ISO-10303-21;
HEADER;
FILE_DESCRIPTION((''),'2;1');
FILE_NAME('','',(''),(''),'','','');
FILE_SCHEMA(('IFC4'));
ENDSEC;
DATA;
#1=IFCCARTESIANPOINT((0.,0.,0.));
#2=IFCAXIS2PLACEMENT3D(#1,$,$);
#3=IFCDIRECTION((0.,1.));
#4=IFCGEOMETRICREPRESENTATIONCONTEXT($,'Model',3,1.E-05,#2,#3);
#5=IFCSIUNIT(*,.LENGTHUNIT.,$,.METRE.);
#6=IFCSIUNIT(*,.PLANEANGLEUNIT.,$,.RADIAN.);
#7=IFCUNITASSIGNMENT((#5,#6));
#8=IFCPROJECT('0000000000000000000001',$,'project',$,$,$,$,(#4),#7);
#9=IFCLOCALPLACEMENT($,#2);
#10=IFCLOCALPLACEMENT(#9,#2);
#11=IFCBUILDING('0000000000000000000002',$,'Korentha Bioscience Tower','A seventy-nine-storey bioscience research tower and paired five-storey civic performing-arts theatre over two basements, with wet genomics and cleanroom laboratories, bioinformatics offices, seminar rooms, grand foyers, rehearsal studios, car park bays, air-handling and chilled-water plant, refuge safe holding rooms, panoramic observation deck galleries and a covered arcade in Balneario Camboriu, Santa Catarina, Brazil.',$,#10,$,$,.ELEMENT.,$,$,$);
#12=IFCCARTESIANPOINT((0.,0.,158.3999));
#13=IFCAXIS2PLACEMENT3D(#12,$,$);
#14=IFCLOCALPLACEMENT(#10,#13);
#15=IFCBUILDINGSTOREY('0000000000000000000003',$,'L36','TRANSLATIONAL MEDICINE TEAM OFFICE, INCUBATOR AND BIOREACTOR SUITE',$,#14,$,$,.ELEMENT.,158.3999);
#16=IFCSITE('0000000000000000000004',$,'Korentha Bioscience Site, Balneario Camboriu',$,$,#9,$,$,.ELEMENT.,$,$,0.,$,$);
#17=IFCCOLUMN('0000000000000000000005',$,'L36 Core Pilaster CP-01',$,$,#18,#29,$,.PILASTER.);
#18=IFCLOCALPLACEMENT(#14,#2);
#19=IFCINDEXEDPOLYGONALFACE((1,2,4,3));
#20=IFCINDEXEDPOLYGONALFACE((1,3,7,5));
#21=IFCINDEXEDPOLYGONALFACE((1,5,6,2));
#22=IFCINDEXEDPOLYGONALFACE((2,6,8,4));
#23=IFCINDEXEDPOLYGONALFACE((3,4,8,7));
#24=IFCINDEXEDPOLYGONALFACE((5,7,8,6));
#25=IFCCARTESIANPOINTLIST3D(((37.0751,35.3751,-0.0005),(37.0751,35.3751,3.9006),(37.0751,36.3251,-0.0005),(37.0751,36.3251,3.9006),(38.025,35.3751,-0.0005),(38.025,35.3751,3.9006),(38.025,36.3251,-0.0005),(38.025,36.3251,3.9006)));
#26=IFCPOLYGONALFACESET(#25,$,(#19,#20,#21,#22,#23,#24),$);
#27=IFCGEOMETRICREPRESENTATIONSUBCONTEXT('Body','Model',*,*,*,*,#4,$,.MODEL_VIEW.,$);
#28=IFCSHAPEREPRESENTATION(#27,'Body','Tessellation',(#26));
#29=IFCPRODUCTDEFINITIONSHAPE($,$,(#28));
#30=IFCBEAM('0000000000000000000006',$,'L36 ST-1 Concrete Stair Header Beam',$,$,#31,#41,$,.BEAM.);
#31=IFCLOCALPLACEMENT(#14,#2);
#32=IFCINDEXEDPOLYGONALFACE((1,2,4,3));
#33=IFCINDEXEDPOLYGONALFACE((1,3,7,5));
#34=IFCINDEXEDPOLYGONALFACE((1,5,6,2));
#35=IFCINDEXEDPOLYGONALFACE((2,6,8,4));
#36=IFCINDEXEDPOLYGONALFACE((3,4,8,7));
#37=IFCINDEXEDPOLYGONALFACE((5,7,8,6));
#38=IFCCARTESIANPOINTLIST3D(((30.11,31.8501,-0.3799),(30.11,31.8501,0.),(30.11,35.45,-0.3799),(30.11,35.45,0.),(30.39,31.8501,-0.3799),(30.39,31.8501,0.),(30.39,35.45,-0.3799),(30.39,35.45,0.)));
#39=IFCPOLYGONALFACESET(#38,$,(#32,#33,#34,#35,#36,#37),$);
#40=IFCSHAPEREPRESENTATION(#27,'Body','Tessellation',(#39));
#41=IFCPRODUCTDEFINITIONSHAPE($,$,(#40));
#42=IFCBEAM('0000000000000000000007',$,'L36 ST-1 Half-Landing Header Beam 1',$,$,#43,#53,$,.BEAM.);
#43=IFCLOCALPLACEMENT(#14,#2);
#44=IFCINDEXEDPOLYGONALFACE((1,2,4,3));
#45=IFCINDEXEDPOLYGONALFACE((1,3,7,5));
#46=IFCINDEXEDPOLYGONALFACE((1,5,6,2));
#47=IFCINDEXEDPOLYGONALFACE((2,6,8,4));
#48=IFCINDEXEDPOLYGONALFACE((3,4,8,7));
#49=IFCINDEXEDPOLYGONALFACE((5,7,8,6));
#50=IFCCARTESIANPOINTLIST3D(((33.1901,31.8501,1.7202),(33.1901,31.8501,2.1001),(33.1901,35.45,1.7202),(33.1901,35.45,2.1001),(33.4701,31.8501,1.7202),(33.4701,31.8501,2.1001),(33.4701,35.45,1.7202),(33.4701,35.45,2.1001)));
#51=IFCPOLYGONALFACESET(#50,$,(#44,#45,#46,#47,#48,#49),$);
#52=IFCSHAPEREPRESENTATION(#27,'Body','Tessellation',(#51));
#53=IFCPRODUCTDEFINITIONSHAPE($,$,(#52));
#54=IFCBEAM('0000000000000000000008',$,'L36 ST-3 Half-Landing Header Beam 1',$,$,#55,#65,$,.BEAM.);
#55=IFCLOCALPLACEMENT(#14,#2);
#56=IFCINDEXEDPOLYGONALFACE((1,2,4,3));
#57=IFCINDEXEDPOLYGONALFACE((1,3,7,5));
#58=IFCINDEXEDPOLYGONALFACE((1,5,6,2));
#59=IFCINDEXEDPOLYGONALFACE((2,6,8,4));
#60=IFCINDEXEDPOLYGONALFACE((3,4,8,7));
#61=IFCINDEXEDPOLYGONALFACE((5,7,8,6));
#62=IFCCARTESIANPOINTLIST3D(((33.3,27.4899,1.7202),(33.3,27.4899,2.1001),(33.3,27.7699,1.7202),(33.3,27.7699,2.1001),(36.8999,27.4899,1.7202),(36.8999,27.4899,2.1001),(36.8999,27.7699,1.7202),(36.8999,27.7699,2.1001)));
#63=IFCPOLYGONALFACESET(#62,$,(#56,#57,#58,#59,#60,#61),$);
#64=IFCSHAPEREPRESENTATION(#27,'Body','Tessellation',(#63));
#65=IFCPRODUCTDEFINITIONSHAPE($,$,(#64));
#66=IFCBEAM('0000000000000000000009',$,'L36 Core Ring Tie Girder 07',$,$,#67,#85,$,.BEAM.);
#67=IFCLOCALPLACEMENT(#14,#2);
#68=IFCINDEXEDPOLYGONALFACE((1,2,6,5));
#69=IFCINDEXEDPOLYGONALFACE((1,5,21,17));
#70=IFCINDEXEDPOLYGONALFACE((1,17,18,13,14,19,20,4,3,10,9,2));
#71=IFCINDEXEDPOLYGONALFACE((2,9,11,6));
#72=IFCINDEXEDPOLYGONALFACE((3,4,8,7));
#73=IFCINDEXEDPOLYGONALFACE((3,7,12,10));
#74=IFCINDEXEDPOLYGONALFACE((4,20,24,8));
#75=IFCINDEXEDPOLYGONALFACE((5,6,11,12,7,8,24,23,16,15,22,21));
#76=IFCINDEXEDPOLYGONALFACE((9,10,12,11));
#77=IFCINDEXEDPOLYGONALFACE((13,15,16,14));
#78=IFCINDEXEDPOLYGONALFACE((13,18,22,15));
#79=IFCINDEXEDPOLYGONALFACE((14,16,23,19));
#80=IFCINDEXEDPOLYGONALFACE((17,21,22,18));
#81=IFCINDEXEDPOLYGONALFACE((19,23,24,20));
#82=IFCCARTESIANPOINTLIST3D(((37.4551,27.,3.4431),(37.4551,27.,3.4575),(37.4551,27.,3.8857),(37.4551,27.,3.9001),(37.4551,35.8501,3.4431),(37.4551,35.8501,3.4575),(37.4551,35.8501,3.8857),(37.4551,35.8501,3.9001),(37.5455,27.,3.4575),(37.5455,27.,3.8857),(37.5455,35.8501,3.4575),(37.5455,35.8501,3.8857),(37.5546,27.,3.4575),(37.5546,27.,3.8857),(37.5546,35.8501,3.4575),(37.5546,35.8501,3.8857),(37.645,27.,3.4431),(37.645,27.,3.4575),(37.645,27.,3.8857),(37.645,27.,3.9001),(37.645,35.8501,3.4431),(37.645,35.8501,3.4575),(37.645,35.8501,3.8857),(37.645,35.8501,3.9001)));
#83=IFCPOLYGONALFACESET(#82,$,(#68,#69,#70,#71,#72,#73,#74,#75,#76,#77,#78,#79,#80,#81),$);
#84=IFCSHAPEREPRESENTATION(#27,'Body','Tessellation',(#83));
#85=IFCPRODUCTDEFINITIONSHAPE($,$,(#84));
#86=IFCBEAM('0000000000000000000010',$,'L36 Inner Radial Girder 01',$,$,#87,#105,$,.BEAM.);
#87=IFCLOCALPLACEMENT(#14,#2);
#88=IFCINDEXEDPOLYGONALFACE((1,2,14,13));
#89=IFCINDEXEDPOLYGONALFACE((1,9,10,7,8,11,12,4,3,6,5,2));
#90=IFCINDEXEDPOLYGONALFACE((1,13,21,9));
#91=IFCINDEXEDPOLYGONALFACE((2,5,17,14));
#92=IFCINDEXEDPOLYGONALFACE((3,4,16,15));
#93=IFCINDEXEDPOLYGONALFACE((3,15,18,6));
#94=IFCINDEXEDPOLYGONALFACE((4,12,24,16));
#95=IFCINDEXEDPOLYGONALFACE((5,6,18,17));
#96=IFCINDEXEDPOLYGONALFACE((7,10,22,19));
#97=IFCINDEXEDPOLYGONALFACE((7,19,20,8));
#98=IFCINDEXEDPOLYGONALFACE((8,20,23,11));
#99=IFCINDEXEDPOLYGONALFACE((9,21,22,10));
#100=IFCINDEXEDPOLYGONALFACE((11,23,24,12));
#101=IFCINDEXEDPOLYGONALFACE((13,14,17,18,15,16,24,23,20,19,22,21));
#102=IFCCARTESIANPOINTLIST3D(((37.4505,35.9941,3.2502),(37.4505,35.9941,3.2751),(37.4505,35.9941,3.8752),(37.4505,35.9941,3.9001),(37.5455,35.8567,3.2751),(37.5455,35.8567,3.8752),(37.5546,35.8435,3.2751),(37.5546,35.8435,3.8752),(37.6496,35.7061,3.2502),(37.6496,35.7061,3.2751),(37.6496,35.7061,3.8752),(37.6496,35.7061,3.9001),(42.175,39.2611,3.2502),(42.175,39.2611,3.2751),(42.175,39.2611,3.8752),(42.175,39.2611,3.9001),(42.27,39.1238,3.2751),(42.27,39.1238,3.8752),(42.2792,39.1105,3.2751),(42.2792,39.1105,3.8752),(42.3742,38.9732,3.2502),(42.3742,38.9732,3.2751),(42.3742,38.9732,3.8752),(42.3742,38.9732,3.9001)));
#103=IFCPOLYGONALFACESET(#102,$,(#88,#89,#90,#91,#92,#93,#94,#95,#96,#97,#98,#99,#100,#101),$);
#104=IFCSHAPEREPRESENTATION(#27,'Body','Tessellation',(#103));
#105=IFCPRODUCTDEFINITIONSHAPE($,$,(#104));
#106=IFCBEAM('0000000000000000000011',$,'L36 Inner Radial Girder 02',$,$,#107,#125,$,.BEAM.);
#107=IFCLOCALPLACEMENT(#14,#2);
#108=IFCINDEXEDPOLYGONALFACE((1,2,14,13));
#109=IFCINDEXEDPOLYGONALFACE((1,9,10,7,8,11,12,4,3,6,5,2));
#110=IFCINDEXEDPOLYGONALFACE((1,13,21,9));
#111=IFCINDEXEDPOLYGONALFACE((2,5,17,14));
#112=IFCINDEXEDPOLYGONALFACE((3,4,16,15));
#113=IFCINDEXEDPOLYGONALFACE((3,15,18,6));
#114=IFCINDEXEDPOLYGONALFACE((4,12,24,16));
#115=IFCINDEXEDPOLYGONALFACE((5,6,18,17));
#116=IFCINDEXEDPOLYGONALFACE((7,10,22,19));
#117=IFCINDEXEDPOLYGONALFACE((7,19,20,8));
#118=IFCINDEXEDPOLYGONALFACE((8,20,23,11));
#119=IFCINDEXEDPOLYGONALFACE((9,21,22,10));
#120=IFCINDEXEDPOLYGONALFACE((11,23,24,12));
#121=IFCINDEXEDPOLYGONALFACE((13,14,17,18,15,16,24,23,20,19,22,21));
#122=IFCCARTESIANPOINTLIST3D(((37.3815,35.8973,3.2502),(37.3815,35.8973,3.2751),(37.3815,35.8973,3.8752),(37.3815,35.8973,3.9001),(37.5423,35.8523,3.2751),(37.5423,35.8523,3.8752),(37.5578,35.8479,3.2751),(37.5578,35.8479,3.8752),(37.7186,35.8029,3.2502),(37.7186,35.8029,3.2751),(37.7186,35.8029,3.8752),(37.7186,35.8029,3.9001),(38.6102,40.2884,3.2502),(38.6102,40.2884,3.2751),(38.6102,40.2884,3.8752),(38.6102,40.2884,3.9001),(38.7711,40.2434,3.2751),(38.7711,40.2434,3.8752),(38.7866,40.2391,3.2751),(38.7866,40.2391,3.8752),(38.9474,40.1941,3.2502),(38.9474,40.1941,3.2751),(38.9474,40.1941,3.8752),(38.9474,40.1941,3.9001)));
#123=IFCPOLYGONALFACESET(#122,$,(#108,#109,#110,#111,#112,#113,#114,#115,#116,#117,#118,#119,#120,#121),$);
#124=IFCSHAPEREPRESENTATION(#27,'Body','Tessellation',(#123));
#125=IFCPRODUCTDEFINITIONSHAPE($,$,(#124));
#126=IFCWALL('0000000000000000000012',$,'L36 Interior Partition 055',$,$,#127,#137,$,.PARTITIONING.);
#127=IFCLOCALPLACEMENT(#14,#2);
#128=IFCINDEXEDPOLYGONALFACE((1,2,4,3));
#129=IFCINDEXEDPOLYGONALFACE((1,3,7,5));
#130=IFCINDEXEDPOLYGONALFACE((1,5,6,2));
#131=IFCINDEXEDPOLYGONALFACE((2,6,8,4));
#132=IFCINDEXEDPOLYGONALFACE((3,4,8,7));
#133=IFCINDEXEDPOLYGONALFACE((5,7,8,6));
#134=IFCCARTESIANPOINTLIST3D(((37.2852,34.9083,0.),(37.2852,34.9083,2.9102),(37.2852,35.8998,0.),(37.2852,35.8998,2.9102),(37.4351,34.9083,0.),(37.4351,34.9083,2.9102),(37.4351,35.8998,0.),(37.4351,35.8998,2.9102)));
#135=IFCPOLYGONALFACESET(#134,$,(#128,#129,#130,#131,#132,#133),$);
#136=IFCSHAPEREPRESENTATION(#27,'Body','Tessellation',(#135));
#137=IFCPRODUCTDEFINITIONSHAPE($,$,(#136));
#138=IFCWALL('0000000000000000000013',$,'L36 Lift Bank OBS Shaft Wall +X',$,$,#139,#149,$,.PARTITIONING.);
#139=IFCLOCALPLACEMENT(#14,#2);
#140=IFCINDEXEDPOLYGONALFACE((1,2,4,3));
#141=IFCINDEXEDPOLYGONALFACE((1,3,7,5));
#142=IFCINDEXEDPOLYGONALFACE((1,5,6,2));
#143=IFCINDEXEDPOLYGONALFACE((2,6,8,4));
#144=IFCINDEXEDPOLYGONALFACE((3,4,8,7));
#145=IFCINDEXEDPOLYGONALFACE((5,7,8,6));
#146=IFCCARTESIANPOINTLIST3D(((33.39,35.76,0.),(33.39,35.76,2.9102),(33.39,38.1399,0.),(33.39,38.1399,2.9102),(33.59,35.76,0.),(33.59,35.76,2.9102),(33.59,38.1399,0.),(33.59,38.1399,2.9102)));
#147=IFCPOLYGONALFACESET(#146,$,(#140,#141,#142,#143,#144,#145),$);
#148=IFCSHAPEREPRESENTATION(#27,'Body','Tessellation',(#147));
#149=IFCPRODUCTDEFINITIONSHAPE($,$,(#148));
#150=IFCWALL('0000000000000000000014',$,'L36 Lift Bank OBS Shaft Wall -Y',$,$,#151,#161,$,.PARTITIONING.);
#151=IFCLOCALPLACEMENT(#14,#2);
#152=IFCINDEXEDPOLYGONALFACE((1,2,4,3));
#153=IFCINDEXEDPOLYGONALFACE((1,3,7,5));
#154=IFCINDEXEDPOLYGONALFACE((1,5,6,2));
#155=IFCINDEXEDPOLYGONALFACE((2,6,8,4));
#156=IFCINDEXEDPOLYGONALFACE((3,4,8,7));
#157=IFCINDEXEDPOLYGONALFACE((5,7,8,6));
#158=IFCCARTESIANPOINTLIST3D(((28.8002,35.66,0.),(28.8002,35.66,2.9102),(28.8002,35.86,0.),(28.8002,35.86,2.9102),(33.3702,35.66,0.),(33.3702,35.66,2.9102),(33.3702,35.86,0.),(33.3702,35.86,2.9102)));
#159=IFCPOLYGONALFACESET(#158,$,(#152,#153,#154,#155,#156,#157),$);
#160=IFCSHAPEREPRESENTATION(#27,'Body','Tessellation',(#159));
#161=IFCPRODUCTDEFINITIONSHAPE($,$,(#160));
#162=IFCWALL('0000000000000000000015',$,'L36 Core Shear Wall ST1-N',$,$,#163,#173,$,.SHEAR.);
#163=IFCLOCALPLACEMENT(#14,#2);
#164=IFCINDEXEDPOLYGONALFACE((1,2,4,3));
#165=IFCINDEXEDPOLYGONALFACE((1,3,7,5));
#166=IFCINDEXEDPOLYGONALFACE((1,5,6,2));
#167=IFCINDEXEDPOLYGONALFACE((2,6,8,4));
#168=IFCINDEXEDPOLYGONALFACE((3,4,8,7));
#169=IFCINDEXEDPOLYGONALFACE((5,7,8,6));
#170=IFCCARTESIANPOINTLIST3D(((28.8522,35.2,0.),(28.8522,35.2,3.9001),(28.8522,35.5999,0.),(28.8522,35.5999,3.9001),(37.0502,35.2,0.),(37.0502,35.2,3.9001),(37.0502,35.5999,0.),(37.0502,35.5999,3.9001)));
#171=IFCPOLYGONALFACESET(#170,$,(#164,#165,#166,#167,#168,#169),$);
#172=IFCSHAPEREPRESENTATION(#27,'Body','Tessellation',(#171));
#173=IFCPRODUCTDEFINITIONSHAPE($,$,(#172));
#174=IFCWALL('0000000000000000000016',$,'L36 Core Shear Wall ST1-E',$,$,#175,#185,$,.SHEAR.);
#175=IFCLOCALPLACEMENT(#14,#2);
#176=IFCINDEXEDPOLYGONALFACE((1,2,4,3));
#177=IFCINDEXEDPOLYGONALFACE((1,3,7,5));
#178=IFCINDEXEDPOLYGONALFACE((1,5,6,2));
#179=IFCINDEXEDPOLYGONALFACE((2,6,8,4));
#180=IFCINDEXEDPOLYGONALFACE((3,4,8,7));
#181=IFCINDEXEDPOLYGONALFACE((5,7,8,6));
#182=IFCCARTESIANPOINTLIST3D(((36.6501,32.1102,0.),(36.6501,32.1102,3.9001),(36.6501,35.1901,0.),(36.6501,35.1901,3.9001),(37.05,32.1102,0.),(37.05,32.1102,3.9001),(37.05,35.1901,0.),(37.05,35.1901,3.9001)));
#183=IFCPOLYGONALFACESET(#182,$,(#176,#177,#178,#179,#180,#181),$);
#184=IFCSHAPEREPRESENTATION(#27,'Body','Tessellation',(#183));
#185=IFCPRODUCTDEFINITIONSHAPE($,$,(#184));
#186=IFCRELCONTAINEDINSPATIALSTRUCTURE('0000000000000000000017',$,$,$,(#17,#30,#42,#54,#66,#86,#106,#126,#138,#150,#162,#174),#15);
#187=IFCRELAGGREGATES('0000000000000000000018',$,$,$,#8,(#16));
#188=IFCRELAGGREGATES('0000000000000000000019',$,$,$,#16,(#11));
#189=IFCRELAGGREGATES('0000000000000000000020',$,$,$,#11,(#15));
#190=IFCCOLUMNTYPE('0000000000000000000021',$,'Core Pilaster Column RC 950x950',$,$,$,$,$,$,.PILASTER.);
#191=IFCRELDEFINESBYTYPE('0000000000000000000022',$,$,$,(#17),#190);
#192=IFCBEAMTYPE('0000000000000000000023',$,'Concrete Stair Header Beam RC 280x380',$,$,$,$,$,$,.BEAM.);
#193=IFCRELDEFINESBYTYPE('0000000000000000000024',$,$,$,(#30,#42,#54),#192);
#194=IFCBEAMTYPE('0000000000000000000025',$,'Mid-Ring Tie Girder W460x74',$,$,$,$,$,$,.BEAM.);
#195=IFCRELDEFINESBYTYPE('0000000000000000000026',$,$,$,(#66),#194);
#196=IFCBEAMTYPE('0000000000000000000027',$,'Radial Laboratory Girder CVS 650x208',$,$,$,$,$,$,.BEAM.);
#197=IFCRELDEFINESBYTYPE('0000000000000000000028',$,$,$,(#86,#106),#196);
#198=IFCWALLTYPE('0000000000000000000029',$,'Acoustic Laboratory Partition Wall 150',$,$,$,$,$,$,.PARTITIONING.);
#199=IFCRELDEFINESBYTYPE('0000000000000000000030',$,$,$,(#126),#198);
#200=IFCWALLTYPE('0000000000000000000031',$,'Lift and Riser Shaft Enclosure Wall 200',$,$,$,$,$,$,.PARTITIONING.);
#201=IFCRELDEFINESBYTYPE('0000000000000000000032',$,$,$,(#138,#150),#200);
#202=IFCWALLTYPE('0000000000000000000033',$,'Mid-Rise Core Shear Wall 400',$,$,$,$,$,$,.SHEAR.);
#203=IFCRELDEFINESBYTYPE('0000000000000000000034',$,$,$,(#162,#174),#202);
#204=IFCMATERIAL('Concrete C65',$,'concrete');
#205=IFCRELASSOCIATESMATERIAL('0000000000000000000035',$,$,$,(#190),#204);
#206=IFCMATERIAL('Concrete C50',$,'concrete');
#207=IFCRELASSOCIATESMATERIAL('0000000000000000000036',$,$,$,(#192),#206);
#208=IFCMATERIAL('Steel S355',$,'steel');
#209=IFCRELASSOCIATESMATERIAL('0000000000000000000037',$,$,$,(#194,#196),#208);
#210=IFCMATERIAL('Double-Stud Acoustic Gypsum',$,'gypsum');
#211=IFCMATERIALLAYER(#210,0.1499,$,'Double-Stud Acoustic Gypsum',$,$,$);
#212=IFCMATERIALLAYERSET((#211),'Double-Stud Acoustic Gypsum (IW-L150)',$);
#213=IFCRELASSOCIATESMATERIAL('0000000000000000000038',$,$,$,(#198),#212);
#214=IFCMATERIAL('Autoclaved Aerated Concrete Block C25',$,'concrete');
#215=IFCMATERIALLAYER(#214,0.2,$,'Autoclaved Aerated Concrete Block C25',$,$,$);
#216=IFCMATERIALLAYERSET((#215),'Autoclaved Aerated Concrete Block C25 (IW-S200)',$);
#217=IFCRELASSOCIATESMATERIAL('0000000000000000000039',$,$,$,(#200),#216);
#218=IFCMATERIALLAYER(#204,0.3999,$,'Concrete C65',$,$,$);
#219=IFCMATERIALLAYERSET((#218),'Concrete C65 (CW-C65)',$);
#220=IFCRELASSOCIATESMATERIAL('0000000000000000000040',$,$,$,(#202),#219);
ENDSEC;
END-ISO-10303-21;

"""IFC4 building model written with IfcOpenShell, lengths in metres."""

from ifc_helpers import new_model, si_unit, direction, frame, frame_2d, origin, origin_2d, place, context, subcontext, project, spatial, rectangle, i_section, extrude, material, layer, layer_set, material_profile, profile_set, type_object, element, save


model = new_model("IFC4")

# Units and contexts
model_context = context("Model", 3, precision=1e-05, world=origin(), true_north=direction((0.0, 1.0)))
body_context = subcontext(model_context, "Body", "Model", "MODEL_VIEW")
ifc_project = project(units=[si_unit("LENGTHUNIT", "METRE"), si_unit("PLANEANGLEUNIT", "RADIAN")], contexts=[model_context])

# Site, building, storey
site_placement = place(None, origin())
site = spatial("IfcSite", under=ifc_project, at=site_placement, Name="Korentha Bioscience Site, Balneario Camboriu", CompositionType="ELEMENT", RefElevation=0.0)
building_placement = place(site_placement, origin())
building = spatial("IfcBuilding", under=site, at=building_placement, Name="Korentha Bioscience Tower", Description="A seventy-nine-storey bioscience research tower and paired five-storey civic performing-arts theatre over two basements, with wet genomics and cleanroom laboratories, bioinformatics offices, seminar rooms, grand foyers, rehearsal studios, car park bays, air-handling and chilled-water plant, refuge safe holding rooms, panoramic observation deck galleries and a covered arcade in Balneario Camboriu, Santa Catarina, Brazil.", CompositionType="ELEMENT")
storey_placement = place(building_placement, frame((0.0, 0.0, 158.3999)))
storey = spatial("IfcBuildingStorey", under=building, at=storey_placement, Name="L36", Description="TRANSLATIONAL MEDICINE TEAM OFFICE, INCUBATOR AND BIOREACTOR SUITE", CompositionType="ELEMENT", Elevation=158.3999)

# Column
ifc_material_1 = material(Name="Concrete C65", Category="concrete")
ifc_material_profile_1 = material_profile(ifc_material_1, rectangle(XDim=0.95, YDim=0.95, at=origin_2d()), Name="Concrete C65")
ifc_profile_set_1 = profile_set([ifc_material_profile_1], Name="Concrete C65 (COL-CP09)")
column_type = type_object("IfcColumnType", Name="Core Pilaster Column RC 950x950", PredefinedType="PILASTER", material=ifc_profile_set_1)
column_placement = place(storey_placement, frame((37.55, 35.8501, -0.0005), z_axis=(0.0, 0.0, 1.0), x_axis=(1.0, 0.0, 0.0)))
element("IfcColumn", 1, at=column_placement, inside=storey, type_object=column_type, Name="L36 Core Pilaster CP-01", PredefinedType="PILASTER", context=body_context, shape_type="SweptSolid", body=[
    extrude(rectangle(XDim=0.95, YDim=0.95, at=origin_2d()), origin(), (0.0, 0.0, 1.0), 3.9011),
])

# Beams
ifc_material_2 = material(Name="Concrete C50", Category="concrete")
ifc_material_profile_2 = material_profile(ifc_material_2, rectangle(XDim=0.28, YDim=0.3799, at=origin_2d()), Name="Concrete C50")
ifc_profile_set_2 = profile_set([ifc_material_profile_2], Name="Concrete C50 (ST-HB380)")
beam_type_1 = type_object("IfcBeamType", Name="Concrete Stair Header Beam RC 280x380", PredefinedType="BEAM", material=ifc_profile_set_2)
for number, where, z_axis, x_axis, name in (
    (2, (30.25, 31.8501, -0.1899), (0.0, 1.0, 0.0), (-1.0, 0.0, 0.0), "L36 ST-1 Concrete Stair Header Beam"),
    (3, (33.3301, 31.8501, 1.9102), (0.0, 1.0, 0.0), (-1.0, 0.0, 0.0), "L36 ST-1 Half-Landing Header Beam 1"),
    (4, (36.8999, 27.6299, 1.9102), (-1.0, 0.0, 0.0), (0.0, -1.0, 0.0), "L36 ST-3 Half-Landing Header Beam 1"),
):
    element("IfcBeam", number, at=place(storey_placement, frame(where, z_axis=z_axis, x_axis=x_axis)), inside=storey, type_object=beam_type_1, Name=name, PredefinedType="BEAM", context=body_context, shape_type="SweptSolid", body=[
        extrude(rectangle(XDim=0.28, YDim=0.3799, at=origin_2d()), origin(), (0.0, 0.0, 1.0), 3.5999),
    ])
ifc_material_3 = material(Name="Steel S355", Category="steel")
ifc_material_profile_3 = material_profile(ifc_material_3, i_section(OverallWidth=0.1899, OverallDepth=0.457, WebThickness=0.009, FlangeThickness=0.0144, at=origin_2d()), Name="Steel S355")
ifc_profile_set_3 = profile_set([ifc_material_profile_3], Name="Steel S355 (MB-460)")
beam_type_2 = type_object("IfcBeamType", Name="Mid-Ring Tie Girder W460x74", PredefinedType="BEAM", material=ifc_profile_set_3)
beam_1_placement = place(storey_placement, frame((37.55, 27.0, 3.6716), z_axis=(0.0, 1.0, 0.0), x_axis=(-1.0, 0.0, 0.0)))
element("IfcBeam", 5, at=beam_1_placement, inside=storey, type_object=beam_type_2, Name="L36 Core Ring Tie Girder 07", PredefinedType="BEAM", context=body_context, shape_type="SweptSolid", body=[
    extrude(i_section(OverallWidth=0.1899, OverallDepth=0.457, WebThickness=0.009, FlangeThickness=0.0144, at=origin_2d()), origin(), (0.0, 0.0, 1.0), 8.8501),
])
ifc_material_profile_4 = material_profile(ifc_material_3, i_section(OverallWidth=0.3501, OverallDepth=0.6499, WebThickness=0.0161, FlangeThickness=0.0249, at=origin_2d()), Name="Steel S355")
ifc_profile_set_4 = profile_set([ifc_material_profile_4], Name="Steel S355 (RB-650)")
beam_type_3 = type_object("IfcBeamType", Name="Radial Laboratory Girder CVS 650x208", PredefinedType="BEAM", material=ifc_profile_set_4)
beam_2_placement = place(storey_placement, frame((37.55, 35.8501, 3.5752), z_axis=(0.822501, 0.568763, 0.0), x_axis=(-0.568763, 0.822501, 0.0)))
element("IfcBeam", 6, at=beam_2_placement, inside=storey, type_object=beam_type_3, Name="L36 Inner Radial Girder 01", PredefinedType="BEAM", context=body_context, shape_type="SweptSolid", body=[
    extrude(i_section(OverallWidth=0.3501, OverallDepth=0.6499, WebThickness=0.0161, FlangeThickness=0.0249, at=origin_2d()), origin(), (0.0, 0.0, 1.0), 5.7441),
])
beam_3_placement = place(storey_placement, frame((37.55, 35.8501, 3.5752), z_axis=(0.269477, 0.963007, 0.0), x_axis=(-0.963007, 0.269477, 0.0)))
element("IfcBeam", 7, at=beam_3_placement, inside=storey, type_object=beam_type_3, Name="L36 Inner Radial Girder 02", PredefinedType="BEAM", context=body_context, shape_type="SweptSolid", body=[
    extrude(i_section(OverallWidth=0.3501, OverallDepth=0.6499, WebThickness=0.0161, FlangeThickness=0.0249, at=origin_2d()), origin(), (0.0, 0.0, 1.0), 4.5598),
])

# Walls
ifc_material_4 = material(Name="Double-Stud Acoustic Gypsum", Category="gypsum")
ifc_layer_1 = layer(ifc_material_4, 0.1499, Name="Double-Stud Acoustic Gypsum")
ifc_layer_set_1 = layer_set([ifc_layer_1], Name="Double-Stud Acoustic Gypsum (IW-L150)")
wall_type_1 = type_object("IfcWallType", Name="Acoustic Laboratory Partition Wall 150", PredefinedType="PARTITIONING", material=ifc_layer_set_1)
wall_1_placement = place(storey_placement, frame((37.3601, 34.9084, 0.0), z_axis=(0.0, 0.0, 1.0), x_axis=(0.0, 1.0, 0.0)))
element("IfcWall", 8, at=wall_1_placement, inside=storey, type_object=wall_type_1, Name="L36 Interior Partition 055", PredefinedType="PARTITIONING", context=body_context, shape_type="SweptSolid", body=[
    extrude(rectangle(XDim=0.9915, YDim=0.1499, at=frame_2d((0.4956, 0.0))), origin(), (0.0, 0.0, 1.0), 2.9102),
])
ifc_material_5 = material(Name="Autoclaved Aerated Concrete Block C25", Category="concrete")
ifc_layer_2 = layer(ifc_material_5, 0.2, Name="Autoclaved Aerated Concrete Block C25")
ifc_layer_set_2 = layer_set([ifc_layer_2], Name="Autoclaved Aerated Concrete Block C25 (IW-S200)")
wall_type_2 = type_object("IfcWallType", Name="Lift and Riser Shaft Enclosure Wall 200", PredefinedType="PARTITIONING", material=ifc_layer_set_2)
wall_2_placement = place(storey_placement, frame((33.49, 35.76, 0.0), z_axis=(0.0, 0.0, 1.0), x_axis=(0.0, 1.0, 0.0)))
element("IfcWall", 9, at=wall_2_placement, inside=storey, type_object=wall_type_2, Name="L36 Lift Bank OBS Shaft Wall +X", PredefinedType="PARTITIONING", context=body_context, shape_type="SweptSolid", body=[
    extrude(rectangle(XDim=2.3799, YDim=0.2, at=frame_2d((1.1899, 0.0))), origin(), (0.0, 0.0, 1.0), 2.9102),
])
wall_3_placement = place(storey_placement, frame((28.8, 35.76, 0.0), z_axis=(0.0, 0.0, 1.0), x_axis=(1.0, 0.0, 0.0)))
element("IfcWall", 10, at=wall_3_placement, inside=storey, type_object=wall_type_2, Name="L36 Lift Bank OBS Shaft Wall -Y", PredefinedType="PARTITIONING", context=body_context, shape_type="SweptSolid", body=[
    extrude(rectangle(XDim=4.5701, YDim=0.2, at=frame_2d((2.2852, 0.0))), origin(), (0.0, 0.0, 1.0), 2.9102),
])
ifc_layer_3 = layer(ifc_material_1, 0.3999, Name="Concrete C65")
ifc_layer_set_3 = layer_set([ifc_layer_3], Name="Concrete C65 (CW-C65)")
wall_type_3 = type_object("IfcWallType", Name="Mid-Rise Core Shear Wall 400", PredefinedType="SHEAR", material=ifc_layer_set_3)
wall_4_placement = place(storey_placement, frame((28.8521, 35.3999, 0.0), z_axis=(0.0, 0.0, 1.0), x_axis=(1.0, 0.0, 0.0)))
element("IfcWall", 11, at=wall_4_placement, inside=storey, type_object=wall_type_3, Name="L36 Core Shear Wall ST1-N", PredefinedType="SHEAR", context=body_context, shape_type="SweptSolid", body=[
    extrude(rectangle(XDim=8.198, YDim=0.3999, at=frame_2d((4.0991, 0.0))), origin(), (0.0, 0.0, 1.0), 3.9001),
])
wall_5_placement = place(storey_placement, frame((36.8501, 32.1101, 0.0), z_axis=(0.0, 0.0, 1.0), x_axis=(0.0, 1.0, 0.0)))
element("IfcWall", 12, at=wall_5_placement, inside=storey, type_object=wall_type_3, Name="L36 Core Shear Wall ST1-E", PredefinedType="SHEAR", context=body_context, shape_type="SweptSolid", body=[
    extrude(rectangle(XDim=3.0798, YDim=0.3999, at=frame_2d((1.54, 0.0))), origin(), (0.0, 0.0, 1.0), 3.9001),
])

save(model, "model.ifc")
